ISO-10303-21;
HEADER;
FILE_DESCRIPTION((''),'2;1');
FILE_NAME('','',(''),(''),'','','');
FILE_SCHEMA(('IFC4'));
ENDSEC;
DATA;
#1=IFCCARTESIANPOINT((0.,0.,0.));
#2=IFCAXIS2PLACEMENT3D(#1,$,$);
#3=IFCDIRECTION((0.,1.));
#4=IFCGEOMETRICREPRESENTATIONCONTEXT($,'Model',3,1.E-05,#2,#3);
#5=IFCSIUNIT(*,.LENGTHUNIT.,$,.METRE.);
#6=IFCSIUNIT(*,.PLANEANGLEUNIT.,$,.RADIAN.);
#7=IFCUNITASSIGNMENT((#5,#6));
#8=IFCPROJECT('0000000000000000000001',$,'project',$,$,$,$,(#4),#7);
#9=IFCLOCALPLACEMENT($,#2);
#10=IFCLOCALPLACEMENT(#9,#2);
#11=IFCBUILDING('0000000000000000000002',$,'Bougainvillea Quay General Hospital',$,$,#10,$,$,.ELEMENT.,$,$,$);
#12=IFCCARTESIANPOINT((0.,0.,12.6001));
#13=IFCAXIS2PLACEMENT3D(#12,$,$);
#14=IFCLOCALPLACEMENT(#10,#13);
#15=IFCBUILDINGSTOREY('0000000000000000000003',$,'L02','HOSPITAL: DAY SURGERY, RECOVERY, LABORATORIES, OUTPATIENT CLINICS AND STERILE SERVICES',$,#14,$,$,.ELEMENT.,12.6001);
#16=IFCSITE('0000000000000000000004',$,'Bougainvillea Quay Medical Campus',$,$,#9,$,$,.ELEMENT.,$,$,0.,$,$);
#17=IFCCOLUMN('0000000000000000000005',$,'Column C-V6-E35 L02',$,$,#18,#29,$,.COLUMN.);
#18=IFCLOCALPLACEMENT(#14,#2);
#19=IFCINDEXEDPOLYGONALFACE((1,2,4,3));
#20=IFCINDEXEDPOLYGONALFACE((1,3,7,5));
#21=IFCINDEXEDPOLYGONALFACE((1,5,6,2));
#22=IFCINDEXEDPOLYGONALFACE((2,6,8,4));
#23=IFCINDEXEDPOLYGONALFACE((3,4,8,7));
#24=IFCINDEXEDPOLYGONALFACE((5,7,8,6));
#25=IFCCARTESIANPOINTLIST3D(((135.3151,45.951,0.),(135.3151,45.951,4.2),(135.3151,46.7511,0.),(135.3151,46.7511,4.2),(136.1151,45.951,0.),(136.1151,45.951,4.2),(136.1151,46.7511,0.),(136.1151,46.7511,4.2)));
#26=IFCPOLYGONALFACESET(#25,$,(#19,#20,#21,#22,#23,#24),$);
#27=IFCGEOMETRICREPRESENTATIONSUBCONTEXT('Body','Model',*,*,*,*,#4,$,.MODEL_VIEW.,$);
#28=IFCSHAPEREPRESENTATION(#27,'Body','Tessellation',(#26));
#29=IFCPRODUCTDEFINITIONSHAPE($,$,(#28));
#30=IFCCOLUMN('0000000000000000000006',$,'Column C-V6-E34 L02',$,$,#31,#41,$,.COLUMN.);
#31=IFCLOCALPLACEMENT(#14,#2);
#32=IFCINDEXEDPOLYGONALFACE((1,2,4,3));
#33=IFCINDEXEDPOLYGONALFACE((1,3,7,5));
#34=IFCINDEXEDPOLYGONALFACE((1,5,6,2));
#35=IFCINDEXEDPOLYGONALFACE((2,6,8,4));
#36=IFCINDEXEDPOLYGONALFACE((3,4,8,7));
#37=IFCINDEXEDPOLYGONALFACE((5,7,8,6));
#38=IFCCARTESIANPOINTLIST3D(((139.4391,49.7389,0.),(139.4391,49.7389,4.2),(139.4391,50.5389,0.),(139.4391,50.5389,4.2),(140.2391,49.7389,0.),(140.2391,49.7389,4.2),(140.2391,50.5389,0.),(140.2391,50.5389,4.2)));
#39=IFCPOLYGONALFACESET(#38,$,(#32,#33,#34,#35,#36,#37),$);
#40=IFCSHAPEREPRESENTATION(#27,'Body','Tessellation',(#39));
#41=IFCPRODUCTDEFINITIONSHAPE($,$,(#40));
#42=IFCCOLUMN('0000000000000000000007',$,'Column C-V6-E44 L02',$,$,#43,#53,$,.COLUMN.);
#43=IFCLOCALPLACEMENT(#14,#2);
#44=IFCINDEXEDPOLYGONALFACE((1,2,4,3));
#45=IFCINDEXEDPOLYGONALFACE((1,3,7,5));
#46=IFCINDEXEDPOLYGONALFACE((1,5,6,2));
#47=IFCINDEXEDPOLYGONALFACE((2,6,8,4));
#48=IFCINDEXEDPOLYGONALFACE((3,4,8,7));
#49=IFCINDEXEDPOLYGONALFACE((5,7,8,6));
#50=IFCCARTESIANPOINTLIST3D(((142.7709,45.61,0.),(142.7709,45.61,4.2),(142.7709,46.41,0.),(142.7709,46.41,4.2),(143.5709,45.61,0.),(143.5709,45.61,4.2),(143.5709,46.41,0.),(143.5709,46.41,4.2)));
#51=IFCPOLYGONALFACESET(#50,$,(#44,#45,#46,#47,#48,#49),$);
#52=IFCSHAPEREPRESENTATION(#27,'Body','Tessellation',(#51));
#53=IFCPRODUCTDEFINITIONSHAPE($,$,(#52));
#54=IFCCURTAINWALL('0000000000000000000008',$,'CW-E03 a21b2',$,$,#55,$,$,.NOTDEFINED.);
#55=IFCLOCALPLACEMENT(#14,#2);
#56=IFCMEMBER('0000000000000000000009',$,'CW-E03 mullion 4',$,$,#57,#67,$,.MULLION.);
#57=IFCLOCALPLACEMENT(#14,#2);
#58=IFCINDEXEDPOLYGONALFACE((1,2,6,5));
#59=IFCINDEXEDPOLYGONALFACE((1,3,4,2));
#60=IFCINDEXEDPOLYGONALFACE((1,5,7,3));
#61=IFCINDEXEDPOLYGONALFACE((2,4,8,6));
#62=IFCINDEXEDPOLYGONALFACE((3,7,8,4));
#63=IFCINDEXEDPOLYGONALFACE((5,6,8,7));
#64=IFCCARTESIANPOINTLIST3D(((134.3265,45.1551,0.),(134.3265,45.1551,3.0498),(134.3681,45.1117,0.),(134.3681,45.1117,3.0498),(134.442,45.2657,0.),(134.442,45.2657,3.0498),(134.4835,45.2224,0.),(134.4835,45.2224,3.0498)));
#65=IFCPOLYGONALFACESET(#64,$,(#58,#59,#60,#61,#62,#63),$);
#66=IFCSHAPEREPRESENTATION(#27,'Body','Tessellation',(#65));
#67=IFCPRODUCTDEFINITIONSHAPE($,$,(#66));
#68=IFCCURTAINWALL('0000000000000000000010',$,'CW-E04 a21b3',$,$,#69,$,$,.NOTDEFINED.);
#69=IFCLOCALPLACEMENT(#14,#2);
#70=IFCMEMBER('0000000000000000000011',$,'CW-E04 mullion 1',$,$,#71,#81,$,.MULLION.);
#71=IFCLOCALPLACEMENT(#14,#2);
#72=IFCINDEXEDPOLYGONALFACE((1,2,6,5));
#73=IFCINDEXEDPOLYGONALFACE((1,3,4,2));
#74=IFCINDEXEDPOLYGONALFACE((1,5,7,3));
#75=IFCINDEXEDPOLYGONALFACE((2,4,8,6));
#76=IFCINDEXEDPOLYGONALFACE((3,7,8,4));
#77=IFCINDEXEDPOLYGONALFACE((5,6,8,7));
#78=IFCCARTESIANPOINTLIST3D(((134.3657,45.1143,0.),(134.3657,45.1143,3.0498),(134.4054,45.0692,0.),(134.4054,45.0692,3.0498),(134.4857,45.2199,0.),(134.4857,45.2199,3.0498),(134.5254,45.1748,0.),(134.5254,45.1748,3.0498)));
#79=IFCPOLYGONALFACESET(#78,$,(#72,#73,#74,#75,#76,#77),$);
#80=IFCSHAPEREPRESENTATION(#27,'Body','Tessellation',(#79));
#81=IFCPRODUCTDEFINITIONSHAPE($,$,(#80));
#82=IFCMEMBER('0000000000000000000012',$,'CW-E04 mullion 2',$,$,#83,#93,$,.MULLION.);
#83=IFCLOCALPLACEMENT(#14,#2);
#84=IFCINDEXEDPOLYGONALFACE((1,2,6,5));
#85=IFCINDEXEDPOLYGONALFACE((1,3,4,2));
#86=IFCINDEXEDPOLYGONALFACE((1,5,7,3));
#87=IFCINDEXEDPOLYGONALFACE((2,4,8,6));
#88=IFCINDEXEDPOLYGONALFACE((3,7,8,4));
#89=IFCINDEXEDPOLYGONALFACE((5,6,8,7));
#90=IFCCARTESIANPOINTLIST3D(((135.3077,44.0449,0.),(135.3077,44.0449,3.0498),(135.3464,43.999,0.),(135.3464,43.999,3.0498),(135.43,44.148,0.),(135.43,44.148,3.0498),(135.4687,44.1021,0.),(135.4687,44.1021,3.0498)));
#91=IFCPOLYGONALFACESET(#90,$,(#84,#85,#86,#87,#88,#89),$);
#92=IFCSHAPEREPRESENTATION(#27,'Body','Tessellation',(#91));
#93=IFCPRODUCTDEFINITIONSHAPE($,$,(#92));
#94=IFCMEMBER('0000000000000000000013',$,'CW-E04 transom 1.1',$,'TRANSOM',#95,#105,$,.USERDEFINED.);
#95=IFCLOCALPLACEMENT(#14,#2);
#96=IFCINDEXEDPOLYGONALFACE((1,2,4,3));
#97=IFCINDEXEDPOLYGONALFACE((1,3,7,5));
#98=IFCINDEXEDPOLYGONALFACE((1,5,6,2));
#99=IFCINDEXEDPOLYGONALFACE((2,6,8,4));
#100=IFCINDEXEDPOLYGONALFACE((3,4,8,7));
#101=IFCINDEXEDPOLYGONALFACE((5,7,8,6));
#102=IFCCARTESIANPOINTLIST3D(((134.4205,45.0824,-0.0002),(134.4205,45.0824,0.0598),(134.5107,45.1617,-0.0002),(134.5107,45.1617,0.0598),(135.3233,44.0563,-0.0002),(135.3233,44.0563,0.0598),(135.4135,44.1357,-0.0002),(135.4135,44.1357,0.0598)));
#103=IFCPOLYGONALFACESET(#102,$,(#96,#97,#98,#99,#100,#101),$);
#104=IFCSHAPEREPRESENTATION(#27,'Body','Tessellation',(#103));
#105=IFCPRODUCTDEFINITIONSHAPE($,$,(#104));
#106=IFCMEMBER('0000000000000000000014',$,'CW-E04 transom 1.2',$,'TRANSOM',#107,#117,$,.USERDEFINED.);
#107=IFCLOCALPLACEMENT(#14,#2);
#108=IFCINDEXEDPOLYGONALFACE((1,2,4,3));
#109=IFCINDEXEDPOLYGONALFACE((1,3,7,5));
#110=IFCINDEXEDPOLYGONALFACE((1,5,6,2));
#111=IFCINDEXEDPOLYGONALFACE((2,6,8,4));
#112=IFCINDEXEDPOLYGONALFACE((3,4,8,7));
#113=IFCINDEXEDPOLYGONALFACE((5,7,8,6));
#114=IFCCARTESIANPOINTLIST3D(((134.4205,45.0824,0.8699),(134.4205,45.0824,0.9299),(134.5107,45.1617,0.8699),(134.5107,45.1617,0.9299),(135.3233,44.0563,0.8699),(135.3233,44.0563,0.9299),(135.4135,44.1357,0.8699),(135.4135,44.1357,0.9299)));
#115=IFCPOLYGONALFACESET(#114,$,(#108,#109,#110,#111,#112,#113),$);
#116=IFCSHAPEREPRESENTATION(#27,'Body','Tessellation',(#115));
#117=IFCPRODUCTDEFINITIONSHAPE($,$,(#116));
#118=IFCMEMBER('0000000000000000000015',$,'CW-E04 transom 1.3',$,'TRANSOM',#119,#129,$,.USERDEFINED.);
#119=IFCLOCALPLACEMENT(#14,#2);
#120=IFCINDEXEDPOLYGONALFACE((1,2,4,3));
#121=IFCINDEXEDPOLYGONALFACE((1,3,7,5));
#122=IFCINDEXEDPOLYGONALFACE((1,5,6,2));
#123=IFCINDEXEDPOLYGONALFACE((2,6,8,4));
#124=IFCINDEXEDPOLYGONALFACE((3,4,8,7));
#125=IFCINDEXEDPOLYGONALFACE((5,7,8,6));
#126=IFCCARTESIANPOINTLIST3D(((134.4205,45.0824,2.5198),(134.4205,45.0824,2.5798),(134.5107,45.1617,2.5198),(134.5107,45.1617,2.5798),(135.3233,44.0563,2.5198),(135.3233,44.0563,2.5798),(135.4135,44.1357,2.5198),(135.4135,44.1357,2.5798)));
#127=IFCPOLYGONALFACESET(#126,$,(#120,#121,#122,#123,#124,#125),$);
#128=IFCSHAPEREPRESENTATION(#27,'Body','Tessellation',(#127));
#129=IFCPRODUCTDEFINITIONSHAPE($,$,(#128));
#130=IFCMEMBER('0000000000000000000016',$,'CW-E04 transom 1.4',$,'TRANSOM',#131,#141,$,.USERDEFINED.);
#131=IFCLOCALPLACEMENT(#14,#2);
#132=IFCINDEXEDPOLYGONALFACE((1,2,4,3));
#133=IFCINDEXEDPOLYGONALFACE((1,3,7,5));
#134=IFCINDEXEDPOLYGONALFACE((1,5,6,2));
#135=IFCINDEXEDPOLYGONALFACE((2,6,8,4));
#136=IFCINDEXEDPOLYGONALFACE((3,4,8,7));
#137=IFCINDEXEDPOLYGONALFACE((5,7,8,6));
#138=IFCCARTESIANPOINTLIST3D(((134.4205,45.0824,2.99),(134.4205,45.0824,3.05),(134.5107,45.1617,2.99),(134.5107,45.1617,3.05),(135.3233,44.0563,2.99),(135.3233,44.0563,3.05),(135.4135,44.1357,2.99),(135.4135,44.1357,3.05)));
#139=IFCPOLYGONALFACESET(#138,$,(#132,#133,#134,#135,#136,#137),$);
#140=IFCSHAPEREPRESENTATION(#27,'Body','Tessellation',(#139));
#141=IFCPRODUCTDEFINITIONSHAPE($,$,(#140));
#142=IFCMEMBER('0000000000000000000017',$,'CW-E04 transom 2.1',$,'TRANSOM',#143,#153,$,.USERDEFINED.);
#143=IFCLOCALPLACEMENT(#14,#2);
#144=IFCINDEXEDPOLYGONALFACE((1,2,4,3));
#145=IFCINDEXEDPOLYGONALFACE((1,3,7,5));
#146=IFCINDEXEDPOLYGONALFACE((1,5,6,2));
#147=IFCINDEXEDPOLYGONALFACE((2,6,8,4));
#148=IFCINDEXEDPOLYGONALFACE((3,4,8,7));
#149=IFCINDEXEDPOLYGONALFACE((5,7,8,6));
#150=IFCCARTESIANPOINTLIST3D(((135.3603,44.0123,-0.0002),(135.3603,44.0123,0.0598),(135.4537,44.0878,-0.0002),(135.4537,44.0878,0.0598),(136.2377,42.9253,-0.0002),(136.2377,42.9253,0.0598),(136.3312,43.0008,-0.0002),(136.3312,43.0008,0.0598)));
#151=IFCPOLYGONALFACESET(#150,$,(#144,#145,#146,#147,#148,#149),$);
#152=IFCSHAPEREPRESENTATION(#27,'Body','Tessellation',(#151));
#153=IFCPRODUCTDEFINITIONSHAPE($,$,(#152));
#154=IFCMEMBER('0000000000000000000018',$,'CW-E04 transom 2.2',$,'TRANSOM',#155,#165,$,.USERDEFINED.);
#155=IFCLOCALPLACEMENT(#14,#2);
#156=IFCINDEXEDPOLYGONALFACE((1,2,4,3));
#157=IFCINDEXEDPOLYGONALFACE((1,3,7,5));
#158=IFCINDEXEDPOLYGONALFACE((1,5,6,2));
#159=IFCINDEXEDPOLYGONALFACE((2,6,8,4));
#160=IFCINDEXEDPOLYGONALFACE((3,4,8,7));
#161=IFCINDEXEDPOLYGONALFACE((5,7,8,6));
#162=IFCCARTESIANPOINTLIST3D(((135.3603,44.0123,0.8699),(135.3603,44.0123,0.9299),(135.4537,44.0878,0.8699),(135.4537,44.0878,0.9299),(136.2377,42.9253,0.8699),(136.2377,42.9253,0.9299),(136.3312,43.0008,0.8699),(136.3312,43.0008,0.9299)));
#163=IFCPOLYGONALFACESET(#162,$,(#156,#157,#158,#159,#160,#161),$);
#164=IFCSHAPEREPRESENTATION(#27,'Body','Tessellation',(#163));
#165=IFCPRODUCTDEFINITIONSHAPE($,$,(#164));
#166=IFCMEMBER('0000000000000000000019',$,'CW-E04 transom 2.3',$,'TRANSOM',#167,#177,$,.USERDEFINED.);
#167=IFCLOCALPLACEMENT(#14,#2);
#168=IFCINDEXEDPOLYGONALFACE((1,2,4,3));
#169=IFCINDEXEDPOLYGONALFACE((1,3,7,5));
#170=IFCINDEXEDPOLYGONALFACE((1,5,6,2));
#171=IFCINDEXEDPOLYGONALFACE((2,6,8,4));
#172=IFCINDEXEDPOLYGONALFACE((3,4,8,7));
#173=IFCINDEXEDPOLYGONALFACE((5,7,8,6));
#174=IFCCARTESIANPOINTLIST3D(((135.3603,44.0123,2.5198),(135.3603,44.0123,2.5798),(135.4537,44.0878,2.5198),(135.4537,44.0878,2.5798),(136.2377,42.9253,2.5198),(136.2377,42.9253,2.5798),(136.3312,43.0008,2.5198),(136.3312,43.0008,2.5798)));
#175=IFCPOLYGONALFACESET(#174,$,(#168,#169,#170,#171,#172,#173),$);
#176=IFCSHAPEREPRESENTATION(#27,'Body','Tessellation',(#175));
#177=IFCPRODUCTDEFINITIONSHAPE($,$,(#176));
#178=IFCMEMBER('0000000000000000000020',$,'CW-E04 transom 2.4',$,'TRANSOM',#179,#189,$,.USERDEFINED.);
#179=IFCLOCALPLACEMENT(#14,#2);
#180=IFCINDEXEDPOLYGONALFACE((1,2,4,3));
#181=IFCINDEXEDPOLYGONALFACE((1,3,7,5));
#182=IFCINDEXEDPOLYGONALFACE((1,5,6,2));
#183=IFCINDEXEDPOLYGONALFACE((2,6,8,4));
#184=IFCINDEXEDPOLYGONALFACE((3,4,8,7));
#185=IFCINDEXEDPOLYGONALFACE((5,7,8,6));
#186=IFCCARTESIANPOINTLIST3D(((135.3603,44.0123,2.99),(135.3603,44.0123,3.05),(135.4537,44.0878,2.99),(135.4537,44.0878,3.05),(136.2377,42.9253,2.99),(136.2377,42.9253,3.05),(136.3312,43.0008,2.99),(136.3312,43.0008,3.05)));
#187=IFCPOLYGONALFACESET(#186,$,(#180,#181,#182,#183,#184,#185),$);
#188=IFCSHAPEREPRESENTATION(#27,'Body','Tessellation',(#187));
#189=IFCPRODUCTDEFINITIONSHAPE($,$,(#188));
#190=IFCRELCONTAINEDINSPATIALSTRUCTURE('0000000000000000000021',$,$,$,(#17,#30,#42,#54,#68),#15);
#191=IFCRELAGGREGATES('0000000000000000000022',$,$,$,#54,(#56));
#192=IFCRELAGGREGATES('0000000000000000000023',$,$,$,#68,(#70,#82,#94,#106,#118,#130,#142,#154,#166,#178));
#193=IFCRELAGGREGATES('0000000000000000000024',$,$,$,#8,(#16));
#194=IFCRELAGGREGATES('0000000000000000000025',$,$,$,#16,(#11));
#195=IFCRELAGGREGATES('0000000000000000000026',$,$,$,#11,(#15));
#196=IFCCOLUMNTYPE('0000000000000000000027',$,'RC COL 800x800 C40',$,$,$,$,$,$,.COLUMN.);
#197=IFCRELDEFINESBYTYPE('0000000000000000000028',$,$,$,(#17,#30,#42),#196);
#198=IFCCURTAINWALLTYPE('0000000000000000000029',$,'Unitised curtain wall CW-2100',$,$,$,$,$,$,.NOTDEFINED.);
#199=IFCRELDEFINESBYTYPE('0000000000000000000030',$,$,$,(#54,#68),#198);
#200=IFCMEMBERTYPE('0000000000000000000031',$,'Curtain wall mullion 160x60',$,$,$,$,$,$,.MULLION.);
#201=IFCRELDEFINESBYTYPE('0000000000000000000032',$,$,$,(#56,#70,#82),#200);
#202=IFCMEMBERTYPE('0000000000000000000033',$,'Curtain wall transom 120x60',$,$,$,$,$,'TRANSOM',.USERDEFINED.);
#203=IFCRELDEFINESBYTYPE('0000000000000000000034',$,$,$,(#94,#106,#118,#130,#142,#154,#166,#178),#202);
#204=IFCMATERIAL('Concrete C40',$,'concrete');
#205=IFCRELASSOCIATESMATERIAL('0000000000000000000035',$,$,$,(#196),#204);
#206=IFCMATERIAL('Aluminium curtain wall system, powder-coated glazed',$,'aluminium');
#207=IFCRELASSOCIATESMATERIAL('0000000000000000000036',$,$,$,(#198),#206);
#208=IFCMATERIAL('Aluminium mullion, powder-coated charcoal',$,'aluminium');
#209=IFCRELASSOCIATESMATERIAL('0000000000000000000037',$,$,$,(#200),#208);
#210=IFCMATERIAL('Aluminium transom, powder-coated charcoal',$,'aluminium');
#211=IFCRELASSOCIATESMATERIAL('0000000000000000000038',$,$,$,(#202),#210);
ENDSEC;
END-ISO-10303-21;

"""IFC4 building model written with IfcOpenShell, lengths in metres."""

from ifc_helpers import new_model, si_unit, direction, frame, origin, origin_2d, place, context, subcontext, project, spatial, rectangle, extrude, material, material_profile, profile_set, type_object, element, aggregate, save


model = new_model("IFC4")

# Units and contexts
model_context = context("Model", 3, precision=1e-05, world=origin(), true_north=direction((0.0, 1.0)))
body_context = subcontext(model_context, "Body", "Model", "MODEL_VIEW")
ifc_project = project(units=[si_unit("LENGTHUNIT", "METRE"), si_unit("PLANEANGLEUNIT", "RADIAN")], contexts=[model_context])

# Site, building, storey
site_placement = place(None, origin())
site = spatial("IfcSite", under=ifc_project, at=site_placement, Name="Bougainvillea Quay Medical Campus", CompositionType="ELEMENT", RefElevation=0.0)
building_placement = place(site_placement, origin())
building = spatial("IfcBuilding", under=site, at=building_placement, Name="Bougainvillea Quay General Hospital", CompositionType="ELEMENT")
storey_placement = place(building_placement, frame((0.0, 0.0, 12.6001)))
storey = spatial("IfcBuildingStorey", under=building, at=storey_placement, Name="L02", Description="HOSPITAL: DAY SURGERY, RECOVERY, LABORATORIES, OUTPATIENT CLINICS AND STERILE SERVICES", CompositionType="ELEMENT", Elevation=12.6001)

# Columns
ifc_material_1 = material(Name="Concrete C40", Category="concrete")
ifc_material_profile_1 = material_profile(ifc_material_1, rectangle(XDim=0.8, YDim=0.8, at=origin_2d()))
ifc_profile_set_1 = profile_set([ifc_material_profile_1], Name="Concrete C40")
column_type = type_object("IfcColumnType", Name="RC COL 800x800 C40", PredefinedType="COLUMN", material=ifc_profile_set_1)
for number, where, z_axis, x_axis, name in (
    (1, (135.7151, 46.3511, 0.0), (0.0, 0.0, 1.0), (1.0, 0.0, 0.0), "Column C-V6-E35 L02"),
    (2, (139.8391, 50.1389, 0.0), (0.0, 0.0, 1.0), (1.0, 0.0, 0.0), "Column C-V6-E34 L02"),
    (3, (143.1709, 46.01, 0.0), (0.0, 0.0, 1.0), (1.0, 0.0, 0.0), "Column C-V6-E44 L02"),
):
    element("IfcColumn", number, at=place(storey_placement, frame(where, z_axis=z_axis, x_axis=x_axis)), inside=storey, type_object=column_type, Name=name, PredefinedType="COLUMN", context=body_context, shape_type="SweptSolid", body=[
        extrude(rectangle(XDim=0.8, YDim=0.8, at=origin_2d()), origin(), (0.0, 0.0, 1.0), 4.2),
    ])

# Curtain wall, member
ifc_material_2 = material(Name="Aluminium curtain wall system, powder-coated glazed", Category="aluminium")
curtain_wall_type = type_object("IfcCurtainWallType", Name="Unitised curtain wall CW-2100", PredefinedType="NOTDEFINED", material=ifc_material_2)
curtain_wall_1_placement = place(storey_placement, origin())
curtain_wall_1 = element("IfcCurtainWall", 4, at=curtain_wall_1_placement, inside=storey, type_object=curtain_wall_type, Name="CW-E03 a21b2", PredefinedType="NOTDEFINED")
ifc_material_3 = material(Name="Aluminium mullion, powder-coated charcoal", Category="aluminium")
ifc_material_profile_2 = material_profile(ifc_material_3, rectangle(XDim=0.1599, YDim=0.0601, at=origin_2d()))
ifc_profile_set_2 = profile_set([ifc_material_profile_2], Name="Aluminium mullion, powder-coated charcoal")
member_type_1 = type_object("IfcMemberType", Name="Curtain wall mullion 160x60", PredefinedType="MULLION", material=ifc_profile_set_2)
member_1_placement = place(storey_placement, frame((134.405, 45.1887, 0.0), z_axis=(0.0, 0.0, 1.0), x_axis=(0.72197, 0.691925, 0.0)))
member_1 = element("IfcMember", 5, at=member_1_placement, type_object=member_type_1, Name="CW-E03 mullion 4", PredefinedType="MULLION", context=body_context, shape_type="SweptSolid", body=[
    extrude(rectangle(XDim=0.1599, YDim=0.0601, at=origin_2d()), origin(), (0.0, 0.0, 1.0), 3.0498),
])
aggregate(curtain_wall_1, [member_1])

# Curtain wall, members
curtain_wall_2_placement = place(storey_placement, origin())
curtain_wall_2 = element("IfcCurtainWall", 6, at=curtain_wall_2_placement, inside=storey, type_object=curtain_wall_type, Name="CW-E04 a21b3", PredefinedType="NOTDEFINED")
member_2_placement = place(storey_placement, frame((134.4456, 45.1445, 0.0), z_axis=(0.0, 0.0, 1.0), x_axis=(0.750742, 0.660596, 0.0)))
member_2 = element("IfcMember", 7, at=member_2_placement, type_object=member_type_1, Name="CW-E04 mullion 1", PredefinedType="MULLION", context=body_context, shape_type="SweptSolid", body=[
    extrude(rectangle(XDim=0.1599, YDim=0.0601, at=origin_2d()), origin(), (0.0, 0.0, 1.0), 3.0498),
])
member_3_placement = place(storey_placement, frame((135.3882, 44.0735, 0.0), z_axis=(0.0, 0.0, 1.0), x_axis=(0.764622, 0.64448, 0.0)))
member_3 = element("IfcMember", 8, at=member_3_placement, type_object=member_type_1, Name="CW-E04 mullion 2", PredefinedType="MULLION", context=body_context, shape_type="SweptSolid", body=[
    extrude(rectangle(XDim=0.1599, YDim=0.0601, at=origin_2d()), origin(), (0.0, 0.0, 1.0), 3.0498),
])
ifc_material_4 = material(Name="Aluminium transom, powder-coated charcoal", Category="aluminium")
ifc_material_profile_3 = material_profile(ifc_material_4, rectangle(XDim=0.1201, YDim=0.0601, at=origin_2d()))
ifc_profile_set_3 = profile_set([ifc_material_profile_3], Name="Aluminium transom, powder-coated charcoal")
member_type_2 = type_object("IfcMemberType", Name="Curtain wall transom 120x60", ElementType="TRANSOM", PredefinedType="USERDEFINED", material=ifc_profile_set_3)
member_4_placement = place(storey_placement, frame((134.4656, 45.1221, 0.0298), z_axis=(0.660563, -0.75077, 0.0), x_axis=(0.75077, 0.660563, 0.0)))
member_4 = element("IfcMember", 9, at=member_4_placement, type_object=member_type_2, Name="CW-E04 transom 1.1", ObjectType="TRANSOM", PredefinedType="USERDEFINED", context=body_context, shape_type="SweptSolid", body=[
    extrude(rectangle(XDim=0.1201, YDim=0.0601, at=origin_2d()), origin(), (0.0, 0.0, 1.0), 1.3667),
])
member_5_placement = place(storey_placement, frame((134.4656, 45.1221, 0.8999), z_axis=(0.660563, -0.75077, 0.0), x_axis=(0.75077, 0.660563, 0.0)))
member_5 = element("IfcMember", 10, at=member_5_placement, type_object=member_type_2, Name="CW-E04 transom 1.2", ObjectType="TRANSOM", PredefinedType="USERDEFINED", context=body_context, shape_type="SweptSolid", body=[
    extrude(rectangle(XDim=0.1201, YDim=0.0601, at=origin_2d()), origin(), (0.0, 0.0, 1.0), 1.3667),
])
member_6_placement = place(storey_placement, frame((134.4656, 45.1221, 2.5498), z_axis=(0.660563, -0.75077, 0.0), x_axis=(0.75077, 0.660563, 0.0)))
member_6 = element("IfcMember", 11, at=member_6_placement, type_object=member_type_2, Name="CW-E04 transom 1.3", ObjectType="TRANSOM", PredefinedType="USERDEFINED", context=body_context, shape_type="SweptSolid", body=[
    extrude(rectangle(XDim=0.1201, YDim=0.0601, at=origin_2d()), origin(), (0.0, 0.0, 1.0), 1.3667),
])
member_7_placement = place(storey_placement, frame((134.4656, 45.1221, 3.02), z_axis=(0.660563, -0.75077, 0.0), x_axis=(0.75077, 0.660563, 0.0)))
member_7 = element("IfcMember", 12, at=member_7_placement, type_object=member_type_2, Name="CW-E04 transom 1.4", ObjectType="TRANSOM", PredefinedType="USERDEFINED", context=body_context, shape_type="SweptSolid", body=[
    extrude(rectangle(XDim=0.1201, YDim=0.0601, at=origin_2d()), origin(), (0.0, 0.0, 1.0), 1.3667),
])
member_8_placement = place(storey_placement, frame((135.407, 44.05, 0.0298), z_axis=(0.628142, -0.778099, 0.0), x_axis=(0.778099, 0.628142, 0.0)))
member_8 = element("IfcMember", 13, at=member_8_placement, type_object=member_type_2, Name="CW-E04 transom 2.1", ObjectType="TRANSOM", PredefinedType="USERDEFINED", context=body_context, shape_type="SweptSolid", body=[
    extrude(rectangle(XDim=0.1201, YDim=0.0601, at=origin_2d()), origin(), (0.0, 0.0, 1.0), 1.397),
])
member_9_placement = place(storey_placement, frame((135.407, 44.05, 0.8999), z_axis=(0.628142, -0.778099, 0.0), x_axis=(0.778099, 0.628142, 0.0)))
member_9 = element("IfcMember", 14, at=member_9_placement, type_object=member_type_2, Name="CW-E04 transom 2.2", ObjectType="TRANSOM", PredefinedType="USERDEFINED", context=body_context, shape_type="SweptSolid", body=[
    extrude(rectangle(XDim=0.1201, YDim=0.0601, at=origin_2d()), origin(), (0.0, 0.0, 1.0), 1.397),
])
member_10_placement = place(storey_placement, frame((135.407, 44.05, 2.5498), z_axis=(0.628142, -0.778099, 0.0), x_axis=(0.778099, 0.628142, 0.0)))
member_10 = element("IfcMember", 15, at=member_10_placement, type_object=member_type_2, Name="CW-E04 transom 2.3", ObjectType="TRANSOM", PredefinedType="USERDEFINED", context=body_context, shape_type="SweptSolid", body=[
    extrude(rectangle(XDim=0.1201, YDim=0.0601, at=origin_2d()), origin(), (0.0, 0.0, 1.0), 1.397),
])
member_11_placement = place(storey_placement, frame((135.407, 44.05, 3.02), z_axis=(0.628142, -0.778099, 0.0), x_axis=(0.778099, 0.628142, 0.0)))
member_11 = element("IfcMember", 16, at=member_11_placement, type_object=member_type_2, Name="CW-E04 transom 2.4", ObjectType="TRANSOM", PredefinedType="USERDEFINED", context=body_context, shape_type="SweptSolid", body=[
    extrude(rectangle(XDim=0.1201, YDim=0.0601, at=origin_2d()), origin(), (0.0, 0.0, 1.0), 1.397),
])
aggregate(curtain_wall_2, [member_2, member_3, member_4, member_5, member_6, member_7, member_8, member_9, member_10, member_11])

save(model, "model.ifc")
